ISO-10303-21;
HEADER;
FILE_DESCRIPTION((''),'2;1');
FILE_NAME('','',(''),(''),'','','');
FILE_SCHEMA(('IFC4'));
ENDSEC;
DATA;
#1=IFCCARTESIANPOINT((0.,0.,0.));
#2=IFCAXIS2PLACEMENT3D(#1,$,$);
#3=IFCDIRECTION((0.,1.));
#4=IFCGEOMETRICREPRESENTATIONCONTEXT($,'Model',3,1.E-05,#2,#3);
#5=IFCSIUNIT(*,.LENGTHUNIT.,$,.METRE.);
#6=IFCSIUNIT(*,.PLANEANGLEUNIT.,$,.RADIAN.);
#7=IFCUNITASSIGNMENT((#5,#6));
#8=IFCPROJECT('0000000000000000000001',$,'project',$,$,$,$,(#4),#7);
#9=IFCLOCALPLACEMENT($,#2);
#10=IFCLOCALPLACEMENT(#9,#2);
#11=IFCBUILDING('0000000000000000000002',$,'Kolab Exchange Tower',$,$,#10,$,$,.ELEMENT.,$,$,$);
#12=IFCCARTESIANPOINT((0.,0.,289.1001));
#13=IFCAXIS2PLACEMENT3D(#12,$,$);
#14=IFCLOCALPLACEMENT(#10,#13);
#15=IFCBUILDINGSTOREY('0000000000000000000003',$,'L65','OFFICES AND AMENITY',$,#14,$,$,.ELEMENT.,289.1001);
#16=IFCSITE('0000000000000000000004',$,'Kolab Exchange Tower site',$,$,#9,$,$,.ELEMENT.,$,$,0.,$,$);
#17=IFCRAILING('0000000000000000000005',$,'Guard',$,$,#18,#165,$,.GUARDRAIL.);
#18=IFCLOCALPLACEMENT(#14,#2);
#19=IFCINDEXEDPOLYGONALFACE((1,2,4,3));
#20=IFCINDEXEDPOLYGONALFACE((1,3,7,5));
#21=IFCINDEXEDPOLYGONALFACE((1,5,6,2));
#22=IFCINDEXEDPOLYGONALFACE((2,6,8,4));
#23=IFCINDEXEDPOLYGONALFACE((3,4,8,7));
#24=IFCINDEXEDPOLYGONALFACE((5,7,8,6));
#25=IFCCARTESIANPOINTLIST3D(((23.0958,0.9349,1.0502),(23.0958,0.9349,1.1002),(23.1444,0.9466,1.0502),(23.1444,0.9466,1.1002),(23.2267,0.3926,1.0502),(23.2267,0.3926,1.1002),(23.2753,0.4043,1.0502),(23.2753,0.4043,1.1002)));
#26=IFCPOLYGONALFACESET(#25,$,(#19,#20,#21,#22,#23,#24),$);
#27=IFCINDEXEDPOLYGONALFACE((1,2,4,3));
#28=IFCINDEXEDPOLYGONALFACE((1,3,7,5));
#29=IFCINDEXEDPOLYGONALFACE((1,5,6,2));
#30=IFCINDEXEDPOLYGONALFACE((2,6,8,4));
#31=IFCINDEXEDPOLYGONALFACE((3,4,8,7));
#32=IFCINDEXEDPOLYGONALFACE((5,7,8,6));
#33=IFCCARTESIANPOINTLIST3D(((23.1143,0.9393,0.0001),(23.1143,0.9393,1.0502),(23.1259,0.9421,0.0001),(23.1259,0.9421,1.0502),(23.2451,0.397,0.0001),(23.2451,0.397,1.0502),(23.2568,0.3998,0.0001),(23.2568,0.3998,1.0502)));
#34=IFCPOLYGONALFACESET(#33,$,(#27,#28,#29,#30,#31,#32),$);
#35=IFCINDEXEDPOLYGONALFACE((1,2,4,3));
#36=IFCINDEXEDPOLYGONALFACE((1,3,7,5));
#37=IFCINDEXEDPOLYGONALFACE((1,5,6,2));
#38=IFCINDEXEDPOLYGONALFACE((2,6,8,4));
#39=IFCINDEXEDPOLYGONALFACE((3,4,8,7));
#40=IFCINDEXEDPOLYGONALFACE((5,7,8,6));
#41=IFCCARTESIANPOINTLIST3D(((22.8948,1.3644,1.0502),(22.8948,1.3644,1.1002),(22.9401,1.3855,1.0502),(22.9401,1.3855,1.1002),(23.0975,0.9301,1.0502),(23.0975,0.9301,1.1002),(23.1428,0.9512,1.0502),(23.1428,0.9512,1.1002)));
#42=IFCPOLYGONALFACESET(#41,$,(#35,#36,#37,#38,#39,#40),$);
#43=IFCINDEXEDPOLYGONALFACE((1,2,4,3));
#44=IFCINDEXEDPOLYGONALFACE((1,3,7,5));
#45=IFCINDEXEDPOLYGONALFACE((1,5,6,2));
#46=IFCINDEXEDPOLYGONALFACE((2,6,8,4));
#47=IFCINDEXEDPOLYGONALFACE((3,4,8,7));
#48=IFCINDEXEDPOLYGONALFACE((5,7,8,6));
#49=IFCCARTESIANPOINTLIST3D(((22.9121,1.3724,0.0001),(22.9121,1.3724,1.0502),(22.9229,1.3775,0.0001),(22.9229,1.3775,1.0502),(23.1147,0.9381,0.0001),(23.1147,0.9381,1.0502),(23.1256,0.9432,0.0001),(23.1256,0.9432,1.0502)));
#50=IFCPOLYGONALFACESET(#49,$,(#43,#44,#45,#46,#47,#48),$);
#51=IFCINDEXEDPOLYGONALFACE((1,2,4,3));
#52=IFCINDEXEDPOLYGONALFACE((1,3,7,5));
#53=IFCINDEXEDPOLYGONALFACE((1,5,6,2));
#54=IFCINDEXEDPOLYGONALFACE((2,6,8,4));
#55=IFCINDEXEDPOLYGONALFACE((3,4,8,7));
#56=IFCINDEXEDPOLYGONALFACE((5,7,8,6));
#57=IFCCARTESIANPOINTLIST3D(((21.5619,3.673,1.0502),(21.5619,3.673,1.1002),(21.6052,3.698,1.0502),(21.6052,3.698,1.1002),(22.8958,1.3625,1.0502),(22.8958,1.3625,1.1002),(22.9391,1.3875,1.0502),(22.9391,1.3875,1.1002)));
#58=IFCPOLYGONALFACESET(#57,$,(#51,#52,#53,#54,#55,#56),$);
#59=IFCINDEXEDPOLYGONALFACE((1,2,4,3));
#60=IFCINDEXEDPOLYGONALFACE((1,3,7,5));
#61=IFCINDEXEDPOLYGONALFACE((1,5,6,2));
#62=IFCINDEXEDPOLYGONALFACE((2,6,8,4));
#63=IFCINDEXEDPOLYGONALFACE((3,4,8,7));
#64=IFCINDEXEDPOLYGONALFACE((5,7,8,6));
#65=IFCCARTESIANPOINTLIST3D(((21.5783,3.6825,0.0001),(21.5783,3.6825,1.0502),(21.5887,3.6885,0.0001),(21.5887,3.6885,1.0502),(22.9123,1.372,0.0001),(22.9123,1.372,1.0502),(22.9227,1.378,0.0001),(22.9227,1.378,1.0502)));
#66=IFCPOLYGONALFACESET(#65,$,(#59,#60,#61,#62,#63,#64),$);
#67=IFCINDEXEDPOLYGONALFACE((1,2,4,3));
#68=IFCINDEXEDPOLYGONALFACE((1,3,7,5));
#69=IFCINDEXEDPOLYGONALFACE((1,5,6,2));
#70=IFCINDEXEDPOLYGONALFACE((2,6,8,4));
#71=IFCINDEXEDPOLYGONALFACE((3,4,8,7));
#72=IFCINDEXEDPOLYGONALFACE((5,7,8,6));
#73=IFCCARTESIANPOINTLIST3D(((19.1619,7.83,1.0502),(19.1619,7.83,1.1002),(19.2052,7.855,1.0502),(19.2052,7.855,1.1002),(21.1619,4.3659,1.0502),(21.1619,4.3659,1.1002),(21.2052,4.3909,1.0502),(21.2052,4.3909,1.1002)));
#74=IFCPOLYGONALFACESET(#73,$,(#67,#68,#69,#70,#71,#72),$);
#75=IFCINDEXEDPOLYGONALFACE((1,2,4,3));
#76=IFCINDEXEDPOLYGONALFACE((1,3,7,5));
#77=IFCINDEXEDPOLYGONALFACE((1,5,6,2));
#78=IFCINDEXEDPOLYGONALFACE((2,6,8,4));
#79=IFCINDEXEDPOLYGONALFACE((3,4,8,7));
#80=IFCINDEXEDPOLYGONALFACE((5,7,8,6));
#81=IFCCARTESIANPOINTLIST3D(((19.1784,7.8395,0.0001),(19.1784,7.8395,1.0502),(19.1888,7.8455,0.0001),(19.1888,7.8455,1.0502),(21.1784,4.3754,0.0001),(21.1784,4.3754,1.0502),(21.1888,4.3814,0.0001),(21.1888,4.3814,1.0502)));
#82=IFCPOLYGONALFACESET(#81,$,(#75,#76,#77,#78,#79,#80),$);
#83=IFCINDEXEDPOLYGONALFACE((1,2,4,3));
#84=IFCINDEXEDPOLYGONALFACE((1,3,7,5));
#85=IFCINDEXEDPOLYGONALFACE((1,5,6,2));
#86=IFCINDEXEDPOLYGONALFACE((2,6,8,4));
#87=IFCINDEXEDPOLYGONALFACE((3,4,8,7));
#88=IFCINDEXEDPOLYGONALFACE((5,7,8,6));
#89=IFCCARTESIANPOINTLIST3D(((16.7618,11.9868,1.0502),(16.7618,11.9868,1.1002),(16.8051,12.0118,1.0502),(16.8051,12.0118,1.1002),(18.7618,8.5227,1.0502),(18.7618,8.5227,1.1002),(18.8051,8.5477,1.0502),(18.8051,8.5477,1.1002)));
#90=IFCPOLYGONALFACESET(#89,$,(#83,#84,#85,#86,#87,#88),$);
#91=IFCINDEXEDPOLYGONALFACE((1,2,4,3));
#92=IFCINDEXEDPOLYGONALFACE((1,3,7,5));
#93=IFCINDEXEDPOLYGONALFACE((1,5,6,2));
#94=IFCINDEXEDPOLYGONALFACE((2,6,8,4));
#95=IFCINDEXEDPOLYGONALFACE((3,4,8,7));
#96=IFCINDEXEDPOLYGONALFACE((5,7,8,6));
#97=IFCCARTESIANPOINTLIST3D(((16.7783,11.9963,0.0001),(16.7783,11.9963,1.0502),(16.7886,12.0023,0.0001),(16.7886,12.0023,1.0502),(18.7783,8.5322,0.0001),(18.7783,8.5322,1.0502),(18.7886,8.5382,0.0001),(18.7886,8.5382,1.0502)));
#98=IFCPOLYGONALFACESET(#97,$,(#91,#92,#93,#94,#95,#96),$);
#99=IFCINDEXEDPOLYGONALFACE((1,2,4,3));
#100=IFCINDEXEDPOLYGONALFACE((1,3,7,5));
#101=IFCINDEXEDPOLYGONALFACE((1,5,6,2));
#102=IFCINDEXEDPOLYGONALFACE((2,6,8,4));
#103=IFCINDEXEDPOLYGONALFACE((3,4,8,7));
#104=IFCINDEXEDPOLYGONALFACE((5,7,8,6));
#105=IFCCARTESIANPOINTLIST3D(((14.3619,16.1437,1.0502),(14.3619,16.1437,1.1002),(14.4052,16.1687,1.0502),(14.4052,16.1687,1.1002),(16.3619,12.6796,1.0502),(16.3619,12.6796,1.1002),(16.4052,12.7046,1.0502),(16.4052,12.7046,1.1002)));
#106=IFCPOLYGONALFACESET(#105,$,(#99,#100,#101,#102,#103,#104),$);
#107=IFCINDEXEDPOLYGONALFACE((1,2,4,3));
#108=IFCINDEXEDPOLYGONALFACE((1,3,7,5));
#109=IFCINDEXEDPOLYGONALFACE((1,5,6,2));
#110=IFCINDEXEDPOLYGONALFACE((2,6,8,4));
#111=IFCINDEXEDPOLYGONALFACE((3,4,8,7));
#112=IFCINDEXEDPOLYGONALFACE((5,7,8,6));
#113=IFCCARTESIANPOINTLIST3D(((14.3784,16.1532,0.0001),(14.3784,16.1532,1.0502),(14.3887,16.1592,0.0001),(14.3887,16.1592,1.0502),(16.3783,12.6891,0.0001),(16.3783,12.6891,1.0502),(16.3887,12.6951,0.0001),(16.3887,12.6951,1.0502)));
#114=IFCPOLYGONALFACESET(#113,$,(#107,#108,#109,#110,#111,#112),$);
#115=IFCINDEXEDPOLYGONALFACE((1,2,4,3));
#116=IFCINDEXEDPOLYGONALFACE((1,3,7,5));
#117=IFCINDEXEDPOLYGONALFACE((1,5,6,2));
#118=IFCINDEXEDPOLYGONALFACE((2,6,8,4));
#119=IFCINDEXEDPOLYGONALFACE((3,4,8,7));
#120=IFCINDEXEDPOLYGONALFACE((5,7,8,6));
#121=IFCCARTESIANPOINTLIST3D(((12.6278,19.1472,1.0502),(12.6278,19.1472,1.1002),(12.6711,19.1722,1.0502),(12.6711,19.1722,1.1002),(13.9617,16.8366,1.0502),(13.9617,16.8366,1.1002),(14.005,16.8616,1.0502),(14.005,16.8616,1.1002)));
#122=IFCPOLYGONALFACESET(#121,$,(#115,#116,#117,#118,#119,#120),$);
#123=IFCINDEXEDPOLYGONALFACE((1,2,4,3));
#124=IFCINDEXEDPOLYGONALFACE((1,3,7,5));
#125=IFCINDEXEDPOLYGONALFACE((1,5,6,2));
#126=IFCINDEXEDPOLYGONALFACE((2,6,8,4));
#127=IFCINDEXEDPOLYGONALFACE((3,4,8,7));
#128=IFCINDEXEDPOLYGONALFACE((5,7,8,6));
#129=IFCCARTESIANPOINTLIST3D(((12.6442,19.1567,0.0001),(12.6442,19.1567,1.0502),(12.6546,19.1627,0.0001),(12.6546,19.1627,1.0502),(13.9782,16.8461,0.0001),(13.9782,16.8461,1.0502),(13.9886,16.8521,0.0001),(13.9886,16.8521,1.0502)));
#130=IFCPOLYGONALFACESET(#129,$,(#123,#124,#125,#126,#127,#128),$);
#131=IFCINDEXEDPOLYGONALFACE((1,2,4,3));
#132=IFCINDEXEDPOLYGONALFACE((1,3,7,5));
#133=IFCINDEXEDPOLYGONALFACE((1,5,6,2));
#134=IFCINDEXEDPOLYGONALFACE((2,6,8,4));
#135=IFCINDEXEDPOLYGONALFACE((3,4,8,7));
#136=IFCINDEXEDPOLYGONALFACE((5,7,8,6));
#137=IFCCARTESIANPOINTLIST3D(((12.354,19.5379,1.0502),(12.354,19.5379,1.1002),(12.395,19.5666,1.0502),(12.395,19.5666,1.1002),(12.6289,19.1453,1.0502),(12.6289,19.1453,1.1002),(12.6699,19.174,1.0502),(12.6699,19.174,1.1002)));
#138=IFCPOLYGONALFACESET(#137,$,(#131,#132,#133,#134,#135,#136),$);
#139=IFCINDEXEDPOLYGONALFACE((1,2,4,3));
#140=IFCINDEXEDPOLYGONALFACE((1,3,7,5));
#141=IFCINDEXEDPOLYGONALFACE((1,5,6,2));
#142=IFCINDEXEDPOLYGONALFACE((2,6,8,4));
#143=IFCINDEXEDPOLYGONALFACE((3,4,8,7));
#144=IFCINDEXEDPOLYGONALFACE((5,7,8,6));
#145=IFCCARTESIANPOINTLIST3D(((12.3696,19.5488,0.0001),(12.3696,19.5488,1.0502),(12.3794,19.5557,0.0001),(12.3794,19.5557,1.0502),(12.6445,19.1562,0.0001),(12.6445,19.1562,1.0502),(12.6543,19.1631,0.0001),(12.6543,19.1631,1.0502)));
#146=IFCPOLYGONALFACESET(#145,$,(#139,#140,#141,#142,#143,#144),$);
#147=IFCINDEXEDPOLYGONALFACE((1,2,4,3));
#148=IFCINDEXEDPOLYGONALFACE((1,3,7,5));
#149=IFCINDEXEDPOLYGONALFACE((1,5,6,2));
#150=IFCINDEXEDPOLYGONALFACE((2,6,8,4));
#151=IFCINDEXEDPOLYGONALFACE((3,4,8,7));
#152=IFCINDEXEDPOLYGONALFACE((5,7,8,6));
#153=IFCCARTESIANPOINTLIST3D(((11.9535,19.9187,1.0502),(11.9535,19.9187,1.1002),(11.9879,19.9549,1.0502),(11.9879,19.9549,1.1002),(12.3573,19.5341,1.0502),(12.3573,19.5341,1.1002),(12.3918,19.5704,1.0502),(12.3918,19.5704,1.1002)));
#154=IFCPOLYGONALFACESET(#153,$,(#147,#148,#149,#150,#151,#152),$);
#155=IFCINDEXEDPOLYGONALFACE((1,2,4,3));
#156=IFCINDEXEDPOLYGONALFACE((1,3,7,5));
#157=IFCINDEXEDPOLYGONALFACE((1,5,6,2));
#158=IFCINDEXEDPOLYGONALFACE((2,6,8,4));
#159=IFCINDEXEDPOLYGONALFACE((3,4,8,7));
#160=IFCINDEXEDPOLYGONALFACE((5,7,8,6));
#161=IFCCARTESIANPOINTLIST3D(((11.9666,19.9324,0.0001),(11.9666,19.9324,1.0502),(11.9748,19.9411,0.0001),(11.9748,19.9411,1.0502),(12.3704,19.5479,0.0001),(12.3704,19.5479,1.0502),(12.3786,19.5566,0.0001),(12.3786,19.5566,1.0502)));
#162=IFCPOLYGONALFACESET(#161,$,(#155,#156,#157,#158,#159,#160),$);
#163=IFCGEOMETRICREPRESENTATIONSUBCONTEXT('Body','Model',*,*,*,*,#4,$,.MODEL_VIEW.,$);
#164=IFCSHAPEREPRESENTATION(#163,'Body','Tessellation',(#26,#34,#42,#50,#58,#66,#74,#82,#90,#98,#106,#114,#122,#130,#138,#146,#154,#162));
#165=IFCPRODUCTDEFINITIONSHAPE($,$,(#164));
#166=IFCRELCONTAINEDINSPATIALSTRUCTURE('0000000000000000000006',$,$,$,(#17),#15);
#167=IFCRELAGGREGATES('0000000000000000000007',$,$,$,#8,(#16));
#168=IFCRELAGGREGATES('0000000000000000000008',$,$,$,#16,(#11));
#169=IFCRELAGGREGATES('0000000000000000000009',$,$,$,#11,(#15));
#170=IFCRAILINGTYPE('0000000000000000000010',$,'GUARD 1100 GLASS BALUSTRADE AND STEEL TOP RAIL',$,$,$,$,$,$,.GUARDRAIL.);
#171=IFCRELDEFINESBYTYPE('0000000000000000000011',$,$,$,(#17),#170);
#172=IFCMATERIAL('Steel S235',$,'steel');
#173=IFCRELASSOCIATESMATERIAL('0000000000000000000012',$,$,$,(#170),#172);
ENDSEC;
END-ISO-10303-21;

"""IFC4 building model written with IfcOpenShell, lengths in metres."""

from ifc_helpers import new_model, si_unit, direction, frame, frame_2d, origin, origin_2d, place, context, subcontext, project, spatial, rectangle, extrude, material, type_object, element, save


model = new_model("IFC4")

# Units and contexts
model_context = context("Model", 3, precision=1e-05, world=origin(), true_north=direction((0.0, 1.0)))
body_context = subcontext(model_context, "Body", "Model", "MODEL_VIEW")
ifc_project = project(units=[si_unit("LENGTHUNIT", "METRE"), si_unit("PLANEANGLEUNIT", "RADIAN")], contexts=[model_context])

# Site, building, storey
site_placement = place(None, origin())
site = spatial("IfcSite", under=ifc_project, at=site_placement, Name="Kolab Exchange Tower site", CompositionType="ELEMENT", RefElevation=0.0)
building_placement = place(site_placement, origin())
building = spatial("IfcBuilding", under=site, at=building_placement, Name="Kolab Exchange Tower", CompositionType="ELEMENT")
storey_placement = place(building_placement, frame((0.0, 0.0, 289.1001)))
storey = spatial("IfcBuildingStorey", under=building, at=storey_placement, Name="L65", Description="OFFICES AND AMENITY", CompositionType="ELEMENT", Elevation=289.1001)

# Railing
ifc_material_1 = material(Name="Steel S235", Category="steel")
railing_type = type_object("IfcRailingType", Name="GUARD 1100 GLASS BALUSTRADE AND STEEL TOP RAIL", PredefinedType="GUARDRAIL", material=ifc_material_1)
railing_placement = place(storey_placement, frame((23.251, 0.3984, 0.0)))
element("IfcRailing", 1, at=railing_placement, inside=storey, type_object=railing_type, Name="Guard", PredefinedType="GUARDRAIL", context=body_context, shape_type="SweptSolid", body=[
    extrude(rectangle(XDim=0.05, YDim=0.05, at=origin_2d()), frame((0.0, 0.0, 1.0752), z_axis=(-0.234598, 0.972093, 0.0), x_axis=(-0.972093, -0.234598, 0.0)), (0.0, 0.0, 1.0), 0.5579),
    extrude(rectangle(XDim=0.012, YDim=1.0501, at=frame_2d((0.0, 0.5251))), frame((0.0, 0.0, 0.0), z_axis=(-0.234598, 0.972093, 0.0), x_axis=(-0.972093, -0.234598, 0.0)), (0.0, 0.0, 1.0), 0.5579),
    extrude(rectangle(XDim=0.05, YDim=0.05, at=origin_2d()), frame((-0.1309, 0.5422, 1.0752), z_axis=(-0.422802, 0.906222, 0.0), x_axis=(-0.906222, -0.422802, 0.0)), (0.0, 0.0, 1.0), 0.4792),
    extrude(rectangle(XDim=0.012, YDim=1.0501, at=frame_2d((0.0, 0.5251))), frame((-0.1309, 0.5422, 0.0), z_axis=(-0.422802, 0.906222, 0.0), x_axis=(-0.906222, -0.422802, 0.0)), (0.0, 0.0, 1.0), 0.4792),
    extrude(rectangle(XDim=0.05, YDim=0.05, at=origin_2d()), frame((-0.3335, 0.9766, 1.0752), z_axis=(-0.499997, 0.866027, 0.0), x_axis=(-0.866027, -0.499997, 0.0)), (0.0, 0.0, 1.0), 2.668),
    extrude(rectangle(XDim=0.012, YDim=1.0501, at=frame_2d((0.0, 0.5251))), frame((-0.3335, 0.9766, 0.0), z_axis=(-0.499997, 0.866027, 0.0), x_axis=(-0.866027, -0.499997, 0.0)), (0.0, 0.0, 1.0), 2.668),
    extrude(rectangle(XDim=0.05, YDim=0.05, at=origin_2d()), frame((-2.0674, 3.98, 1.0752), z_axis=(-0.499999, 0.866026, 0.0), x_axis=(-0.866026, -0.499999, 0.0)), (0.0, 0.0, 1.0), 4.0),
    extrude(rectangle(XDim=0.012, YDim=1.0501, at=frame_2d((0.0, 0.5251))), frame((-2.0674, 3.98, 0.0), z_axis=(-0.499999, 0.866026, 0.0), x_axis=(-0.866026, -0.499999, 0.0)), (0.0, 0.0, 1.0), 4.0),
    extrude(rectangle(XDim=0.05, YDim=0.05, at=origin_2d()), frame((-4.4675, 8.1367, 1.0752), z_axis=(-0.499999, 0.866026, 0.0), x_axis=(-0.866026, -0.499999, 0.0)), (0.0, 0.0, 1.0), 4.0),
    extrude(rectangle(XDim=0.012, YDim=1.0501, at=frame_2d((0.0, 0.5251))), frame((-4.4675, 8.1367, 0.0), z_axis=(-0.499999, 0.866026, 0.0), x_axis=(-0.866026, -0.499999, 0.0)), (0.0, 0.0, 1.0), 4.0),
    extrude(rectangle(XDim=0.05, YDim=0.05, at=origin_2d()), frame((-6.8674, 12.2937, 1.0752), z_axis=(-0.499999, 0.866026, 0.0), x_axis=(-0.866026, -0.499999, 0.0)), (0.0, 0.0, 1.0), 4.0),
    extrude(rectangle(XDim=0.012, YDim=1.0501, at=frame_2d((0.0, 0.5251))), frame((-6.8674, 12.2937, 0.0), z_axis=(-0.499999, 0.866026, 0.0), x_axis=(-0.866026, -0.499999, 0.0)), (0.0, 0.0, 1.0), 4.0),
    extrude(rectangle(XDim=0.05, YDim=0.05, at=origin_2d()), frame((-9.2676, 16.4507, 1.0752), z_axis=(-0.499997, 0.866027, 0.0), x_axis=(-0.866027, -0.499997, 0.0)), (0.0, 0.0, 1.0), 2.668),
    extrude(rectangle(XDim=0.012, YDim=1.0501, at=frame_2d((0.0, 0.5251))), frame((-9.2676, 16.4507, 0.0), z_axis=(-0.499997, 0.866027, 0.0), x_axis=(-0.866027, -0.499997, 0.0)), (0.0, 0.0, 1.0), 2.668),
    extrude(rectangle(XDim=0.05, YDim=0.05, at=origin_2d()), frame((-10.6016, 18.7612, 1.0752), z_axis=(-0.573599, 0.819136, 0.0), x_axis=(-0.819136, -0.573599, 0.0)), (0.0, 0.0, 1.0), 0.4792),
    extrude(rectangle(XDim=0.012, YDim=1.0501, at=frame_2d((0.0, 0.5251))), frame((-10.6016, 18.7612, 0.0), z_axis=(-0.573599, 0.819136, 0.0), x_axis=(-0.819136, -0.573599, 0.0)), (0.0, 0.0, 1.0), 0.4792),
    extrude(rectangle(XDim=0.05, YDim=0.05, at=origin_2d()), frame((-10.8765, 19.1538, 1.0752), z_axis=(-0.72419, 0.689601, 0.0), x_axis=(-0.689601, -0.72419, 0.0)), (0.0, 0.0, 1.0), 0.5576),
    extrude(rectangle(XDim=0.012, YDim=1.0501, at=frame_2d((0.0, 0.5251))), frame((-10.8765, 19.1538, 0.0), z_axis=(-0.72419, 0.689601, 0.0), x_axis=(-0.689601, -0.72419, 0.0)), (0.0, 0.0, 1.0), 0.5576),
])

save(model, "model.ifc")
